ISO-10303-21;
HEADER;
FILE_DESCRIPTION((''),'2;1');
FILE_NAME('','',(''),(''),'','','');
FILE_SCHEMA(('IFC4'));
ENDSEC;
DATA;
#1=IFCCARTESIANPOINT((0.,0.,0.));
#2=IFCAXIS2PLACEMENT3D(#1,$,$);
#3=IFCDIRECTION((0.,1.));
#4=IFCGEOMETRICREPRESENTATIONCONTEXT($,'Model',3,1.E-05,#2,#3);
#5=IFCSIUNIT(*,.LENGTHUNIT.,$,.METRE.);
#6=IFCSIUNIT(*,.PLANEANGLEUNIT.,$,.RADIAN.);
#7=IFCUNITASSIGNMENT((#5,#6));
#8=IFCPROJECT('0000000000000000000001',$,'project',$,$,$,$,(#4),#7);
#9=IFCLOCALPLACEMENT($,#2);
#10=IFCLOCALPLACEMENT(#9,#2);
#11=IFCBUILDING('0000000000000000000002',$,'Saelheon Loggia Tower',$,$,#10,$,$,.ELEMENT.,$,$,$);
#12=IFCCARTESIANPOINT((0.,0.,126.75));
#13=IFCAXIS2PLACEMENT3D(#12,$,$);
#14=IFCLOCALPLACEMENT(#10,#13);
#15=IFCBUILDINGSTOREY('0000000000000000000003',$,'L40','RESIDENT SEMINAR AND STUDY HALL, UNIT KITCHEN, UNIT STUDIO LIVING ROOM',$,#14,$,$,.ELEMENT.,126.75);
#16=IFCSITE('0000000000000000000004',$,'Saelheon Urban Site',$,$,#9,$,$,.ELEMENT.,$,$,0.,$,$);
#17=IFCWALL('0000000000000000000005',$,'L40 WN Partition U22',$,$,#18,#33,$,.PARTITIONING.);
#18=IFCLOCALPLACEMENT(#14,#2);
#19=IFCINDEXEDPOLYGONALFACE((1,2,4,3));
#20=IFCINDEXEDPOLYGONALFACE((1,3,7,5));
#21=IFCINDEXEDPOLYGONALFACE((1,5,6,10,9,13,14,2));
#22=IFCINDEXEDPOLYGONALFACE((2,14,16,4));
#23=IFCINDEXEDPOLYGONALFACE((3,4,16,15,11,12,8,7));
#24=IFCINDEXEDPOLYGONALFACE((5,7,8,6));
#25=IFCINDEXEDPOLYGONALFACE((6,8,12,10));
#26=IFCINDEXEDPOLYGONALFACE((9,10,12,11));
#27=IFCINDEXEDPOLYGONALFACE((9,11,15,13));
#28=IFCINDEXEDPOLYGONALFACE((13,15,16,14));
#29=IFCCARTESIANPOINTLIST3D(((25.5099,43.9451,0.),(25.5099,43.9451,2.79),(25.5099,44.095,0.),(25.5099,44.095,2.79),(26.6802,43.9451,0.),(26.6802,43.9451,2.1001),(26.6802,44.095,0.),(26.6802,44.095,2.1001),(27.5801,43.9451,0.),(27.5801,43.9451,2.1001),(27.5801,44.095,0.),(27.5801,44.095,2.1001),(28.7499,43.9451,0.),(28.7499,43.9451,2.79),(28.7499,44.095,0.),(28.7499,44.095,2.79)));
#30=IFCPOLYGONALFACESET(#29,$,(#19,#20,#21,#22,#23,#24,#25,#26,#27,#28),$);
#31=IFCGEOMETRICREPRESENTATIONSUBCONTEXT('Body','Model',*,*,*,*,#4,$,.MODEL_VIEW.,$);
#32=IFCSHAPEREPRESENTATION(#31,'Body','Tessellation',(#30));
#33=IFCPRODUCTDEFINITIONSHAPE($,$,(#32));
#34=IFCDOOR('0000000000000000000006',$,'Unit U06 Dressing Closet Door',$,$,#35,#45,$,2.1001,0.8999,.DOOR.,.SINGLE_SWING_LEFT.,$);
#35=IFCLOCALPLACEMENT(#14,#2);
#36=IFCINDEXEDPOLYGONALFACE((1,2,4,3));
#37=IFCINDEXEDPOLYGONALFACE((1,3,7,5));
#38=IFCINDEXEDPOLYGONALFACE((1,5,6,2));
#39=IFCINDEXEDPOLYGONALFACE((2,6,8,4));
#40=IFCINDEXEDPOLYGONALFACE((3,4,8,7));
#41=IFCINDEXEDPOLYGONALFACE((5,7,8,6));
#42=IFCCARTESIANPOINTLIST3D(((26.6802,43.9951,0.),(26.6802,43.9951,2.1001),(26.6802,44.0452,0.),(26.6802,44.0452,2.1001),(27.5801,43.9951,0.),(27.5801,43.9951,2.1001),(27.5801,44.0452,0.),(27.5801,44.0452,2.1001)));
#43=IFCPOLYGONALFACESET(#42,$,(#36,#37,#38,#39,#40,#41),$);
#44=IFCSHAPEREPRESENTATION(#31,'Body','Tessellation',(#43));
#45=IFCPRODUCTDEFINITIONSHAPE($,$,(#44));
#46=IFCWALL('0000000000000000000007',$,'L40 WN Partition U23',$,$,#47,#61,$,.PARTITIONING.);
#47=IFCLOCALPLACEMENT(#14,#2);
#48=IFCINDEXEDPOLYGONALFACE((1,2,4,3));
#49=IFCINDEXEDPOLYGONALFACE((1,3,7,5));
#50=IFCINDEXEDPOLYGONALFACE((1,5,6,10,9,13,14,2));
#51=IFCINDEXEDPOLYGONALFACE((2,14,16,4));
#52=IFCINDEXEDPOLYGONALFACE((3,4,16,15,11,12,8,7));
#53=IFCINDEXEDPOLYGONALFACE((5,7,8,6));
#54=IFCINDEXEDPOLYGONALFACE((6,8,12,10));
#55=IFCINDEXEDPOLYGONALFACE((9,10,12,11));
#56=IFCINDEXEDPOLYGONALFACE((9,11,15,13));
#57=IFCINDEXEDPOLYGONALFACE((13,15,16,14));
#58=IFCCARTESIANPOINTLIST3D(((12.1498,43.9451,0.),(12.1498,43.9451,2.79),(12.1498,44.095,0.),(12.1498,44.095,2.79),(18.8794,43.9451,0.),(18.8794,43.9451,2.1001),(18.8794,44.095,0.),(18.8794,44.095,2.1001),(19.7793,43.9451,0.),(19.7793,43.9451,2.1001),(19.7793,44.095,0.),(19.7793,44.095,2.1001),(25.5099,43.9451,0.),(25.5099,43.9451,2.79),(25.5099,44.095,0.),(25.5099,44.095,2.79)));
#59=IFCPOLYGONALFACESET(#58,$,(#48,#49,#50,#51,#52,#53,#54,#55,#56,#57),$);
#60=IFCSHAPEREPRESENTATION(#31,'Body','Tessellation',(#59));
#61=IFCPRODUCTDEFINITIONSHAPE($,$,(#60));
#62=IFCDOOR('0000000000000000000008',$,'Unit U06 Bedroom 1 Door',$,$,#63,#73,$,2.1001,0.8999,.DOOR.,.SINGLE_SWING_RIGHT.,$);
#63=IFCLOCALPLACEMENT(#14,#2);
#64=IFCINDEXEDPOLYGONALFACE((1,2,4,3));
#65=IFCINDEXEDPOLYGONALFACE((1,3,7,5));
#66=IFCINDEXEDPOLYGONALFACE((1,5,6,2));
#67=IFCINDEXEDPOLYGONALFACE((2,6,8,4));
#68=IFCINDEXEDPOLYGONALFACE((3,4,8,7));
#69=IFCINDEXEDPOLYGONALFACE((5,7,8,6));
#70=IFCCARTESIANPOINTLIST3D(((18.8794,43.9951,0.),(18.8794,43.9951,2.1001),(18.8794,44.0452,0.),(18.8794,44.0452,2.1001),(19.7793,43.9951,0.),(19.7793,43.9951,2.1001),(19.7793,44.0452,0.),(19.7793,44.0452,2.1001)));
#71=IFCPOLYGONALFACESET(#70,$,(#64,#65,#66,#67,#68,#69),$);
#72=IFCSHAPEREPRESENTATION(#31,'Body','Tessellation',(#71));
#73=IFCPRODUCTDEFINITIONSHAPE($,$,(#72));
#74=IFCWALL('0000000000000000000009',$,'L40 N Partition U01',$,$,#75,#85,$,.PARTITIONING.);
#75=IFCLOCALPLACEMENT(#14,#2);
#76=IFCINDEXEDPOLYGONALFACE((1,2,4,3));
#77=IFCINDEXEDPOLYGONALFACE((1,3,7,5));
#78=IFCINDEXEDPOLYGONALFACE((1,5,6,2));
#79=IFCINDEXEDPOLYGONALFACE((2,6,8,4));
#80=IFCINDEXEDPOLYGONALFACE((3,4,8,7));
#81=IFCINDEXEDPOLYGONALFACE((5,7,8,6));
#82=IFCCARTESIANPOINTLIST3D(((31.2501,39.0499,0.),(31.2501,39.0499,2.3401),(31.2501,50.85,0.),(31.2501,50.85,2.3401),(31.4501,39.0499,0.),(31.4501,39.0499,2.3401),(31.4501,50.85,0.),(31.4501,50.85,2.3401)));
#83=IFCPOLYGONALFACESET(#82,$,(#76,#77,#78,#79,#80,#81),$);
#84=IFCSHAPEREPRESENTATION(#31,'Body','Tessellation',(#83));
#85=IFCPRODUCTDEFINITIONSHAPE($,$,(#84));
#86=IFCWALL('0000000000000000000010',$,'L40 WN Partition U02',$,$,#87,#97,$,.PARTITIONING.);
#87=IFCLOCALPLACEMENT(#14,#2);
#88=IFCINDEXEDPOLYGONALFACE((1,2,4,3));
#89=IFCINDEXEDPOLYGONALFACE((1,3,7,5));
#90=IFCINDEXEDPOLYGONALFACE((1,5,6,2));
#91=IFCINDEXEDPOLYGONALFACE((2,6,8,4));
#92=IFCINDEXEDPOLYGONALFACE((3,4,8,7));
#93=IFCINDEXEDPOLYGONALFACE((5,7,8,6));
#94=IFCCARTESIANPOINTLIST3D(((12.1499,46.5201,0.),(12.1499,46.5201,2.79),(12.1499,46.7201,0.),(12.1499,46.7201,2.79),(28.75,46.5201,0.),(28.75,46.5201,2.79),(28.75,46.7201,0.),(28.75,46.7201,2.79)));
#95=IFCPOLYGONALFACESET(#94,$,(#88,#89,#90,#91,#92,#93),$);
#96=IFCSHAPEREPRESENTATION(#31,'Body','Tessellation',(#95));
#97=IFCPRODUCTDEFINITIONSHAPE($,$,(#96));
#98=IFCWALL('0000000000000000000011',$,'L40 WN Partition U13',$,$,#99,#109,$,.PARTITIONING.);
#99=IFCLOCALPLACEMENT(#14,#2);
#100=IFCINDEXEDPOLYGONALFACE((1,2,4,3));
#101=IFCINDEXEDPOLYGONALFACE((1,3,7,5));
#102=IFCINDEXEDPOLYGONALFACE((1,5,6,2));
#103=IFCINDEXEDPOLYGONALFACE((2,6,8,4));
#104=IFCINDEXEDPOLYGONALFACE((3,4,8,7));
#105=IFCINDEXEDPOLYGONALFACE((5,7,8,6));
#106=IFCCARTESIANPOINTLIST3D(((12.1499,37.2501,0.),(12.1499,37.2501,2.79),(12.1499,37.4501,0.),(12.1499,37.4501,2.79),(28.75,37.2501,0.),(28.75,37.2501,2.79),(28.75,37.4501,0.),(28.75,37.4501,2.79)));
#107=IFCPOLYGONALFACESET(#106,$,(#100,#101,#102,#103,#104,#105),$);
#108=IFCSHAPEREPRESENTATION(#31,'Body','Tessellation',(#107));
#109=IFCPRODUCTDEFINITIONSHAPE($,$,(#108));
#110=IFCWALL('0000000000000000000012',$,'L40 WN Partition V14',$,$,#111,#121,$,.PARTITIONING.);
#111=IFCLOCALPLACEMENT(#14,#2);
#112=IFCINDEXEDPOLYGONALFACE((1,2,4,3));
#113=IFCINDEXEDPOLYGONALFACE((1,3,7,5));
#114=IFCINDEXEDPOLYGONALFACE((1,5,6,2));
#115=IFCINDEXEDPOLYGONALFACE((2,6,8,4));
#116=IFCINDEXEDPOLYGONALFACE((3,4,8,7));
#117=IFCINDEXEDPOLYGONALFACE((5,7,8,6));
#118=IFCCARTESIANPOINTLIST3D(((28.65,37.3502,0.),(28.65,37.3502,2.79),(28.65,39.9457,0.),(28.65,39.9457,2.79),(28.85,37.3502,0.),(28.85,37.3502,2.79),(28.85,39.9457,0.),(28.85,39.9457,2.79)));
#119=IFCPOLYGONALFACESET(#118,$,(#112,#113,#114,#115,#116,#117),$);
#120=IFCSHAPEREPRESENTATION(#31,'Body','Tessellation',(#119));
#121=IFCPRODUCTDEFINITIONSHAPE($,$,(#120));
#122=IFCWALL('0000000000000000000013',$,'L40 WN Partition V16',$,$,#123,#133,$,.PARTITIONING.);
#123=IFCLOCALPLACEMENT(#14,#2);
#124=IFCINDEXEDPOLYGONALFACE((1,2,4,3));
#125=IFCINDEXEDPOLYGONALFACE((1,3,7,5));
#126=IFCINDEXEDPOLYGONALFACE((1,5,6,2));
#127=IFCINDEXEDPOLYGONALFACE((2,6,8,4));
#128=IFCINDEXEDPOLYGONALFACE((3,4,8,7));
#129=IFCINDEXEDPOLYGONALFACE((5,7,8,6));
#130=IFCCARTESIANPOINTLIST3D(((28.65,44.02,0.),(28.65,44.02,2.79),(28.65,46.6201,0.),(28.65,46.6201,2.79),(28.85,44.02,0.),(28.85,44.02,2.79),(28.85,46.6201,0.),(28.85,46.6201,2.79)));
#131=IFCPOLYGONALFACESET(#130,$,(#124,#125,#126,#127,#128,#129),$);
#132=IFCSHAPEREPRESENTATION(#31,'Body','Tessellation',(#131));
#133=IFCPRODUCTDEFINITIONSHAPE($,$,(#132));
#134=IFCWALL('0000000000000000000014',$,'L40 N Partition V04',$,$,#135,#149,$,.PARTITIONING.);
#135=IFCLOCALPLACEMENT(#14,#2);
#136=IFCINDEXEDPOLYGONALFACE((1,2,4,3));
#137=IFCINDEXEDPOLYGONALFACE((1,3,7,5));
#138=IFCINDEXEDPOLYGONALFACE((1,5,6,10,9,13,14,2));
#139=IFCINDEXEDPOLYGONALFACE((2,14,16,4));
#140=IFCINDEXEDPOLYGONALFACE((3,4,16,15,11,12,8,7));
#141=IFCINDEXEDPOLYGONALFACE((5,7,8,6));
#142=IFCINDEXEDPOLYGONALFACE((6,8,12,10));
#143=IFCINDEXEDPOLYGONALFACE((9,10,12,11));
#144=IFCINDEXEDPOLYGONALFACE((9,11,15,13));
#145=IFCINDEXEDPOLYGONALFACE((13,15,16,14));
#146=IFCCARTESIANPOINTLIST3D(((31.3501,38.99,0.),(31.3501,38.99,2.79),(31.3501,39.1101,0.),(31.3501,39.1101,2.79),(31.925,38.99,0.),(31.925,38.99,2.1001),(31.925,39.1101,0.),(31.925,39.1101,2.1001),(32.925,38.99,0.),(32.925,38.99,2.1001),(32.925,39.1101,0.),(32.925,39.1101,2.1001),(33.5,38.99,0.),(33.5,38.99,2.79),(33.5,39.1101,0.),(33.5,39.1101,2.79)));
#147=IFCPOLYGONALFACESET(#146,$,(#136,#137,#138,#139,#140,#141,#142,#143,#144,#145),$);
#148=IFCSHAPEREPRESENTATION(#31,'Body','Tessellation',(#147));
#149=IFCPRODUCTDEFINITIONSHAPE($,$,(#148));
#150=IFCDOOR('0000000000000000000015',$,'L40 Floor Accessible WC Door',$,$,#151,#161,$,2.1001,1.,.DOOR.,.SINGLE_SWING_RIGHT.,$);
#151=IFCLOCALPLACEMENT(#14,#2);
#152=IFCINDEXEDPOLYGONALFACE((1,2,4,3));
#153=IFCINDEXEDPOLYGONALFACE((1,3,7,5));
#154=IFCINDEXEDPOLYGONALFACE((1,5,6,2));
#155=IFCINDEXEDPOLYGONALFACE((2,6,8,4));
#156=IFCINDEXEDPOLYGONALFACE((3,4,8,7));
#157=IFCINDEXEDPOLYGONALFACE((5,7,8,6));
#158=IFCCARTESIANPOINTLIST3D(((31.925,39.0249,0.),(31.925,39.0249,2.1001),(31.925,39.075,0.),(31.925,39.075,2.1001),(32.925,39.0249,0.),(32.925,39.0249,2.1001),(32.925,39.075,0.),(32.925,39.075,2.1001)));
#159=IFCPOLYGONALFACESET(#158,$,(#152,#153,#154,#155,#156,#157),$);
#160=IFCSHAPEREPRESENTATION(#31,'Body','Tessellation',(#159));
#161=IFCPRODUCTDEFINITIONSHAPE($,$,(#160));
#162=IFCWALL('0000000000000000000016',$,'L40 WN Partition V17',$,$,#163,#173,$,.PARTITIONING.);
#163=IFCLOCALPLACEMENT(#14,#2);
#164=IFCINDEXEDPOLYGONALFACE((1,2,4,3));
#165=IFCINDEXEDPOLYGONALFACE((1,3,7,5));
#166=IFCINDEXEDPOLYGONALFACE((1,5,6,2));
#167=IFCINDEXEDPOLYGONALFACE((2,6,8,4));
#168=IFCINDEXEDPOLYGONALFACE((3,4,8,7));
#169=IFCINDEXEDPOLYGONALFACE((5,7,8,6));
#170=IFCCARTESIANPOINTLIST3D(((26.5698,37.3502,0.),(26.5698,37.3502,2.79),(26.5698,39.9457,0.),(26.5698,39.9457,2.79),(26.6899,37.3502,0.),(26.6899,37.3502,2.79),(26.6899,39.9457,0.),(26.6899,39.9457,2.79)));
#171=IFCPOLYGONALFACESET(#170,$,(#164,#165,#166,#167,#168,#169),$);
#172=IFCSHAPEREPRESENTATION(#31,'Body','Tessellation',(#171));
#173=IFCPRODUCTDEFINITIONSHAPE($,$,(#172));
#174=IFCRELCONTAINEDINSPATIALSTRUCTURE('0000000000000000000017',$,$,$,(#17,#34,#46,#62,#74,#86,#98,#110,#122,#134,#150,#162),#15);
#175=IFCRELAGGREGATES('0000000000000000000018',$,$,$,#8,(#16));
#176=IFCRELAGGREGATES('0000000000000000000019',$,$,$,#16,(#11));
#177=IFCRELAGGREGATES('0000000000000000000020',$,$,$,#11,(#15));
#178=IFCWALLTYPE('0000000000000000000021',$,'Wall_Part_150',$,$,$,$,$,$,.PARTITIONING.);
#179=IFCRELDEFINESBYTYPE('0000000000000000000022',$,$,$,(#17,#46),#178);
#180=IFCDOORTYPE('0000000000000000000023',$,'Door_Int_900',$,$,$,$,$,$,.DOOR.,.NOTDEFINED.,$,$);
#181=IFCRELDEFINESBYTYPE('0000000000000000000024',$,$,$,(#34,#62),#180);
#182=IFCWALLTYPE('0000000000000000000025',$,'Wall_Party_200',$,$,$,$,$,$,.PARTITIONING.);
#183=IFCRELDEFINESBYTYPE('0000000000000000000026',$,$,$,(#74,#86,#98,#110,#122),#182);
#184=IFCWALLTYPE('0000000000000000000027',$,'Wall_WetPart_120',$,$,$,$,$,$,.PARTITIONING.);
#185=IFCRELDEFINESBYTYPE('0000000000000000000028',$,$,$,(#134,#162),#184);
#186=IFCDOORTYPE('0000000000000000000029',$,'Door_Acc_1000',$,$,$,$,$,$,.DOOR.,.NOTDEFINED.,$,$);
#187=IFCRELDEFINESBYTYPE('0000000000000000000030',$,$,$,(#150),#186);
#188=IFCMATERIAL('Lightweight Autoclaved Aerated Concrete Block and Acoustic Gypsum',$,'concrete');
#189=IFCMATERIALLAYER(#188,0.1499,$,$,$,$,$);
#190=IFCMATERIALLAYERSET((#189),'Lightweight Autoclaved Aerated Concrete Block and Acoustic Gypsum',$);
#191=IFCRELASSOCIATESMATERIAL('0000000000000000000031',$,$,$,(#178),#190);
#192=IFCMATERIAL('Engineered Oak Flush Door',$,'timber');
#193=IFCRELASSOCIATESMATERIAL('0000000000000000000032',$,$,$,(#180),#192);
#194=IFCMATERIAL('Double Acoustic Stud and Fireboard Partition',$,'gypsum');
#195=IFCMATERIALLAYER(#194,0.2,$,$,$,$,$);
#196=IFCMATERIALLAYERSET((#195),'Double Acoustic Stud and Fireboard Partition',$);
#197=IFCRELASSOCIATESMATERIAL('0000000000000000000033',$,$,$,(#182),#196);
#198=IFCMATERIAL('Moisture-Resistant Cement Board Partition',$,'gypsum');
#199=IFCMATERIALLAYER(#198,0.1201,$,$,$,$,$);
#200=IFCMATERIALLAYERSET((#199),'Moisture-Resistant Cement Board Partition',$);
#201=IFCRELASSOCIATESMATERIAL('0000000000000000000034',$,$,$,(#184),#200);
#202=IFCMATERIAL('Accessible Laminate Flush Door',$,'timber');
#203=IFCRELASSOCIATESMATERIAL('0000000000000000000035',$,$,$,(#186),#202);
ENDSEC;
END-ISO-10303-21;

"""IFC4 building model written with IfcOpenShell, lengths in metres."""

from ifc_helpers import new_model, si_unit, direction, frame, frame_2d, origin, place, context, subcontext, project, spatial, rectangle, extrude, source, transform, mapped, material, layer, layer_set, type_object, element, fill, save


model = new_model("IFC4")

# Units and contexts
model_context = context("Model", 3, precision=1e-05, world=origin(), true_north=direction((0.0, 1.0)))
body_context = subcontext(model_context, "Body", "Model", "MODEL_VIEW")
ifc_project = project(units=[si_unit("LENGTHUNIT", "METRE"), si_unit("PLANEANGLEUNIT", "RADIAN")], contexts=[model_context])

# Site, building, storey
site_placement = place(None, origin())
site = spatial("IfcSite", under=ifc_project, at=site_placement, Name="Saelheon Urban Site", CompositionType="ELEMENT", RefElevation=0.0)
building_placement = place(site_placement, origin())
building = spatial("IfcBuilding", under=site, at=building_placement, Name="Saelheon Loggia Tower", CompositionType="ELEMENT")
storey_placement = place(building_placement, frame((0.0, 0.0, 126.75)))
storey = spatial("IfcBuildingStorey", under=building, at=storey_placement, Name="L40", Description="RESIDENT SEMINAR AND STUDY HALL, UNIT KITCHEN, UNIT STUDIO LIVING ROOM", CompositionType="ELEMENT", Elevation=126.75)

# Shared definitions
ifc_material_1 = material(Name="Lightweight Autoclaved Aerated Concrete Block and Acoustic Gypsum", Category="concrete")
ifc_layer_1 = layer(ifc_material_1, 0.1499)
ifc_layer_set_1 = layer_set([ifc_layer_1], Name="Lightweight Autoclaved Aerated Concrete Block and Acoustic Gypsum")
wall_type_1 = type_object("IfcWallType", Name="Wall_Part_150", PredefinedType="PARTITIONING", material=ifc_layer_set_1)

# Walls, openings, doors
ifc_material_2 = material(Name="Engineered Oak Flush Door", Category="timber")
door_type_1 = type_object("IfcDoorType", Name="Door_Int_900", OperationType="NOTDEFINED", PredefinedType="DOOR", material=ifc_material_2)
shared_shape_1 = source(origin(), body_context, "Body", "SweptSolid", [
    extrude(rectangle(XDim=0.8999, YDim=2.1001, at=frame_2d((0.45, 1.05))), frame((0.0, 0.0249, 0.0), z_axis=(0.0, -1.0, 0.0), x_axis=(1.0, 0.0, 0.0)), (0.0, 0.0, 1.0), 0.05),
])
wall_1_placement = place(storey_placement, frame((28.75, 44.02, 0.0), z_axis=(0.0, 0.0, 1.0), x_axis=(-1.0, 0.0, 0.0)))
wall_1 = element("IfcWall", 1, at=wall_1_placement, inside=storey, type_object=wall_type_1, Name="L40 WN Partition U22", PredefinedType="PARTITIONING", context=body_context, shape_type="SweptSolid", body=[
    extrude(rectangle(XDim=3.24, YDim=0.1499, at=frame_2d((1.6201, 0.0))), origin(), (0.0, 0.0, 1.0), 2.79),
])
opening_1_placement = place(wall_1_placement, frame((1.1699, 0.0, 0.0)))
opening_1 = element("IfcOpeningElement", 2, at=opening_1_placement, cuts=wall_1, PredefinedType="OPENING", context=body_context, shape_type="SweptSolid", body=[
    extrude(rectangle(XDim=0.8999, YDim=2.1001, at=frame_2d((0.45, 1.05))), frame((0.0, 0.0869, 0.0), z_axis=(0.0, -1.0, 0.0), x_axis=(1.0, 0.0, 0.0)), (0.0, 0.0, 1.0), 0.1738),
])
door_1_placement = place(opening_1_placement, origin())
door_1 = element("IfcDoor", 3, at=door_1_placement, inside=storey, type_object=door_type_1, Name="Unit U06 Dressing Closet Door", OperationType="SINGLE_SWING_LEFT", OverallHeight=2.1001, OverallWidth=0.8999, PredefinedType="DOOR", context=body_context, shape_type="MappedRepresentation", body=[
    mapped(shared_shape_1, transform((0.0, 0.0, 0.0), scale=1.0)),
])
fill(opening_1, door_1)
wall_2_placement = place(storey_placement, frame((25.51, 44.02, 0.0), z_axis=(0.0, 0.0, 1.0), x_axis=(-1.0, 0.0, 0.0)))
wall_2 = element("IfcWall", 4, at=wall_2_placement, inside=storey, type_object=wall_type_1, Name="L40 WN Partition U23", PredefinedType="PARTITIONING", context=body_context, shape_type="SweptSolid", body=[
    extrude(rectangle(XDim=13.3601, YDim=0.1499, at=frame_2d((6.6802, 0.0))), origin(), (0.0, 0.0, 1.0), 2.79),
])
opening_2_placement = place(wall_2_placement, frame((5.7307, 0.0, 0.0)))
opening_2 = element("IfcOpeningElement", 5, at=opening_2_placement, cuts=wall_2, PredefinedType="OPENING", context=body_context, shape_type="SweptSolid", body=[
    extrude(rectangle(XDim=0.8999, YDim=2.1001, at=frame_2d((0.45, 1.05))), frame((0.0, 0.0869, 0.0), z_axis=(0.0, -1.0, 0.0), x_axis=(1.0, 0.0, 0.0)), (0.0, 0.0, 1.0), 0.1738),
])
door_2_placement = place(opening_2_placement, origin())
door_2 = element("IfcDoor", 6, at=door_2_placement, inside=storey, type_object=door_type_1, Name="Unit U06 Bedroom 1 Door", OperationType="SINGLE_SWING_RIGHT", OverallHeight=2.1001, OverallWidth=0.8999, PredefinedType="DOOR", context=body_context, shape_type="MappedRepresentation", body=[
    mapped(shared_shape_1, transform((0.0, 0.0, 0.0), scale=1.0)),
])
fill(opening_2, door_2)

# Walls
ifc_material_3 = material(Name="Double Acoustic Stud and Fireboard Partition", Category="gypsum")
ifc_layer_2 = layer(ifc_material_3, 0.2)
ifc_layer_set_2 = layer_set([ifc_layer_2], Name="Double Acoustic Stud and Fireboard Partition")
wall_type_2 = type_object("IfcWallType", Name="Wall_Party_200", PredefinedType="PARTITIONING", material=ifc_layer_set_2)
wall_3_placement = place(storey_placement, frame((31.3501, 39.05, 0.0), z_axis=(0.0, 0.0, 1.0), x_axis=(0.0, 1.0, 0.0)))
element("IfcWall", 7, at=wall_3_placement, inside=storey, type_object=wall_type_2, Name="L40 N Partition U01", PredefinedType="PARTITIONING", context=body_context, shape_type="SweptSolid", body=[
    extrude(rectangle(XDim=11.8, YDim=0.2, at=frame_2d((5.8999, 0.0))), origin(), (0.0, 0.0, 1.0), 2.3401),
])
for number, where, z_axis, x_axis, name in (
    (8, (28.75, 46.6201, 0.0), (0.0, 0.0, 1.0), (-1.0, 0.0, 0.0), "L40 WN Partition U02"),
    (9, (28.75, 37.3501, 0.0), (0.0, 0.0, 1.0), (-1.0, 0.0, 0.0), "L40 WN Partition U13"),
):
    element("IfcWall", number, at=place(storey_placement, frame(where, z_axis=z_axis, x_axis=x_axis)), inside=storey, type_object=wall_type_2, Name=name, PredefinedType="PARTITIONING", context=body_context, shape_type="SweptSolid", body=[
        extrude(rectangle(XDim=16.6001, YDim=0.2, at=frame_2d((8.3, 0.0))), origin(), (0.0, 0.0, 1.0), 2.79),
    ])
wall_4_placement = place(storey_placement, frame((28.75, 37.3501, 0.0), z_axis=(0.0, 0.0, 1.0), x_axis=(0.0, 1.0, 0.0)))
element("IfcWall", 10, at=wall_4_placement, inside=storey, type_object=wall_type_2, Name="L40 WN Partition V14", PredefinedType="PARTITIONING", context=body_context, shape_type="SweptSolid", body=[
    extrude(rectangle(XDim=2.5955, YDim=0.2, at=frame_2d((1.2979, 0.0))), origin(), (0.0, 0.0, 1.0), 2.79),
])

# Wall
wall_5_placement = place(storey_placement, frame((28.75, 44.02, 0.0), z_axis=(0.0, 0.0, 1.0), x_axis=(0.0, 1.0, 0.0)))
element("IfcWall", 11, at=wall_5_placement, inside=storey, type_object=wall_type_2, Name="L40 WN Partition V16", PredefinedType="PARTITIONING", context=body_context, shape_type="SweptSolid", body=[
    extrude(rectangle(XDim=2.6001, YDim=0.2, at=frame_2d((1.3, 0.0))), origin(), (0.0, 0.0, 1.0), 2.79),
])

# Wall, opening, door
ifc_material_4 = material(Name="Moisture-Resistant Cement Board Partition", Category="gypsum")
ifc_layer_3 = layer(ifc_material_4, 0.1201)
ifc_layer_set_3 = layer_set([ifc_layer_3], Name="Moisture-Resistant Cement Board Partition")
wall_type_3 = type_object("IfcWallType", Name="Wall_WetPart_120", PredefinedType="PARTITIONING", material=ifc_layer_set_3)
wall_6_placement = place(storey_placement, frame((31.3501, 39.05, 0.0), z_axis=(0.0, 0.0, 1.0), x_axis=(1.0, 0.0, 0.0)))
wall_6 = element("IfcWall", 12, at=wall_6_placement, inside=storey, type_object=wall_type_3, Name="L40 N Partition V04", PredefinedType="PARTITIONING", context=body_context, shape_type="SweptSolid", body=[
    extrude(rectangle(XDim=2.1499, YDim=0.1201, at=frame_2d((1.075, 0.0))), origin(), (0.0, 0.0, 1.0), 2.79),
])
opening_3_placement = place(wall_6_placement, frame((0.575, 0.0, 0.0)))
opening_3 = element("IfcOpeningElement", 13, at=opening_3_placement, cuts=wall_6, PredefinedType="OPENING", context=body_context, shape_type="SweptSolid", body=[
    extrude(rectangle(XDim=1.0, YDim=2.1001, at=frame_2d((0.5, 1.05))), frame((0.0, 0.072, 0.0), z_axis=(0.0, -1.0, 0.0), x_axis=(1.0, 0.0, 0.0)), (0.0, 0.0, 1.0), 0.144),
])
ifc_material_5 = material(Name="Accessible Laminate Flush Door", Category="timber")
door_type_2 = type_object("IfcDoorType", Name="Door_Acc_1000", OperationType="NOTDEFINED", PredefinedType="DOOR", material=ifc_material_5)
shared_shape_2 = source(origin(), body_context, "Body", "SweptSolid", [
    extrude(rectangle(XDim=1.0, YDim=2.1001, at=frame_2d((0.5, 1.05))), frame((0.0, 0.0249, 0.0), z_axis=(0.0, -1.0, 0.0), x_axis=(1.0, 0.0, 0.0)), (0.0, 0.0, 1.0), 0.05),
])
door_3_placement = place(opening_3_placement, origin())
door_3 = element("IfcDoor", 14, at=door_3_placement, inside=storey, type_object=door_type_2, Name="L40 Floor Accessible WC Door", OperationType="SINGLE_SWING_RIGHT", OverallHeight=2.1001, OverallWidth=1.0, PredefinedType="DOOR", context=body_context, shape_type="MappedRepresentation", body=[
    mapped(shared_shape_2, transform((0.0, 0.0, 0.0), scale=1.0)),
])
fill(opening_3, door_3)

# Wall
wall_7_placement = place(storey_placement, frame((26.6299, 37.3501, 0.0), z_axis=(0.0, 0.0, 1.0), x_axis=(0.0, 1.0, 0.0)))
element("IfcWall", 15, at=wall_7_placement, inside=storey, type_object=wall_type_3, Name="L40 WN Partition V17", PredefinedType="PARTITIONING", context=body_context, shape_type="SweptSolid", body=[
    extrude(rectangle(XDim=2.5955, YDim=0.1201, at=frame_2d((1.2979, 0.0))), origin(), (0.0, 0.0, 1.0), 2.79),
])

save(model, "model.ifc")
